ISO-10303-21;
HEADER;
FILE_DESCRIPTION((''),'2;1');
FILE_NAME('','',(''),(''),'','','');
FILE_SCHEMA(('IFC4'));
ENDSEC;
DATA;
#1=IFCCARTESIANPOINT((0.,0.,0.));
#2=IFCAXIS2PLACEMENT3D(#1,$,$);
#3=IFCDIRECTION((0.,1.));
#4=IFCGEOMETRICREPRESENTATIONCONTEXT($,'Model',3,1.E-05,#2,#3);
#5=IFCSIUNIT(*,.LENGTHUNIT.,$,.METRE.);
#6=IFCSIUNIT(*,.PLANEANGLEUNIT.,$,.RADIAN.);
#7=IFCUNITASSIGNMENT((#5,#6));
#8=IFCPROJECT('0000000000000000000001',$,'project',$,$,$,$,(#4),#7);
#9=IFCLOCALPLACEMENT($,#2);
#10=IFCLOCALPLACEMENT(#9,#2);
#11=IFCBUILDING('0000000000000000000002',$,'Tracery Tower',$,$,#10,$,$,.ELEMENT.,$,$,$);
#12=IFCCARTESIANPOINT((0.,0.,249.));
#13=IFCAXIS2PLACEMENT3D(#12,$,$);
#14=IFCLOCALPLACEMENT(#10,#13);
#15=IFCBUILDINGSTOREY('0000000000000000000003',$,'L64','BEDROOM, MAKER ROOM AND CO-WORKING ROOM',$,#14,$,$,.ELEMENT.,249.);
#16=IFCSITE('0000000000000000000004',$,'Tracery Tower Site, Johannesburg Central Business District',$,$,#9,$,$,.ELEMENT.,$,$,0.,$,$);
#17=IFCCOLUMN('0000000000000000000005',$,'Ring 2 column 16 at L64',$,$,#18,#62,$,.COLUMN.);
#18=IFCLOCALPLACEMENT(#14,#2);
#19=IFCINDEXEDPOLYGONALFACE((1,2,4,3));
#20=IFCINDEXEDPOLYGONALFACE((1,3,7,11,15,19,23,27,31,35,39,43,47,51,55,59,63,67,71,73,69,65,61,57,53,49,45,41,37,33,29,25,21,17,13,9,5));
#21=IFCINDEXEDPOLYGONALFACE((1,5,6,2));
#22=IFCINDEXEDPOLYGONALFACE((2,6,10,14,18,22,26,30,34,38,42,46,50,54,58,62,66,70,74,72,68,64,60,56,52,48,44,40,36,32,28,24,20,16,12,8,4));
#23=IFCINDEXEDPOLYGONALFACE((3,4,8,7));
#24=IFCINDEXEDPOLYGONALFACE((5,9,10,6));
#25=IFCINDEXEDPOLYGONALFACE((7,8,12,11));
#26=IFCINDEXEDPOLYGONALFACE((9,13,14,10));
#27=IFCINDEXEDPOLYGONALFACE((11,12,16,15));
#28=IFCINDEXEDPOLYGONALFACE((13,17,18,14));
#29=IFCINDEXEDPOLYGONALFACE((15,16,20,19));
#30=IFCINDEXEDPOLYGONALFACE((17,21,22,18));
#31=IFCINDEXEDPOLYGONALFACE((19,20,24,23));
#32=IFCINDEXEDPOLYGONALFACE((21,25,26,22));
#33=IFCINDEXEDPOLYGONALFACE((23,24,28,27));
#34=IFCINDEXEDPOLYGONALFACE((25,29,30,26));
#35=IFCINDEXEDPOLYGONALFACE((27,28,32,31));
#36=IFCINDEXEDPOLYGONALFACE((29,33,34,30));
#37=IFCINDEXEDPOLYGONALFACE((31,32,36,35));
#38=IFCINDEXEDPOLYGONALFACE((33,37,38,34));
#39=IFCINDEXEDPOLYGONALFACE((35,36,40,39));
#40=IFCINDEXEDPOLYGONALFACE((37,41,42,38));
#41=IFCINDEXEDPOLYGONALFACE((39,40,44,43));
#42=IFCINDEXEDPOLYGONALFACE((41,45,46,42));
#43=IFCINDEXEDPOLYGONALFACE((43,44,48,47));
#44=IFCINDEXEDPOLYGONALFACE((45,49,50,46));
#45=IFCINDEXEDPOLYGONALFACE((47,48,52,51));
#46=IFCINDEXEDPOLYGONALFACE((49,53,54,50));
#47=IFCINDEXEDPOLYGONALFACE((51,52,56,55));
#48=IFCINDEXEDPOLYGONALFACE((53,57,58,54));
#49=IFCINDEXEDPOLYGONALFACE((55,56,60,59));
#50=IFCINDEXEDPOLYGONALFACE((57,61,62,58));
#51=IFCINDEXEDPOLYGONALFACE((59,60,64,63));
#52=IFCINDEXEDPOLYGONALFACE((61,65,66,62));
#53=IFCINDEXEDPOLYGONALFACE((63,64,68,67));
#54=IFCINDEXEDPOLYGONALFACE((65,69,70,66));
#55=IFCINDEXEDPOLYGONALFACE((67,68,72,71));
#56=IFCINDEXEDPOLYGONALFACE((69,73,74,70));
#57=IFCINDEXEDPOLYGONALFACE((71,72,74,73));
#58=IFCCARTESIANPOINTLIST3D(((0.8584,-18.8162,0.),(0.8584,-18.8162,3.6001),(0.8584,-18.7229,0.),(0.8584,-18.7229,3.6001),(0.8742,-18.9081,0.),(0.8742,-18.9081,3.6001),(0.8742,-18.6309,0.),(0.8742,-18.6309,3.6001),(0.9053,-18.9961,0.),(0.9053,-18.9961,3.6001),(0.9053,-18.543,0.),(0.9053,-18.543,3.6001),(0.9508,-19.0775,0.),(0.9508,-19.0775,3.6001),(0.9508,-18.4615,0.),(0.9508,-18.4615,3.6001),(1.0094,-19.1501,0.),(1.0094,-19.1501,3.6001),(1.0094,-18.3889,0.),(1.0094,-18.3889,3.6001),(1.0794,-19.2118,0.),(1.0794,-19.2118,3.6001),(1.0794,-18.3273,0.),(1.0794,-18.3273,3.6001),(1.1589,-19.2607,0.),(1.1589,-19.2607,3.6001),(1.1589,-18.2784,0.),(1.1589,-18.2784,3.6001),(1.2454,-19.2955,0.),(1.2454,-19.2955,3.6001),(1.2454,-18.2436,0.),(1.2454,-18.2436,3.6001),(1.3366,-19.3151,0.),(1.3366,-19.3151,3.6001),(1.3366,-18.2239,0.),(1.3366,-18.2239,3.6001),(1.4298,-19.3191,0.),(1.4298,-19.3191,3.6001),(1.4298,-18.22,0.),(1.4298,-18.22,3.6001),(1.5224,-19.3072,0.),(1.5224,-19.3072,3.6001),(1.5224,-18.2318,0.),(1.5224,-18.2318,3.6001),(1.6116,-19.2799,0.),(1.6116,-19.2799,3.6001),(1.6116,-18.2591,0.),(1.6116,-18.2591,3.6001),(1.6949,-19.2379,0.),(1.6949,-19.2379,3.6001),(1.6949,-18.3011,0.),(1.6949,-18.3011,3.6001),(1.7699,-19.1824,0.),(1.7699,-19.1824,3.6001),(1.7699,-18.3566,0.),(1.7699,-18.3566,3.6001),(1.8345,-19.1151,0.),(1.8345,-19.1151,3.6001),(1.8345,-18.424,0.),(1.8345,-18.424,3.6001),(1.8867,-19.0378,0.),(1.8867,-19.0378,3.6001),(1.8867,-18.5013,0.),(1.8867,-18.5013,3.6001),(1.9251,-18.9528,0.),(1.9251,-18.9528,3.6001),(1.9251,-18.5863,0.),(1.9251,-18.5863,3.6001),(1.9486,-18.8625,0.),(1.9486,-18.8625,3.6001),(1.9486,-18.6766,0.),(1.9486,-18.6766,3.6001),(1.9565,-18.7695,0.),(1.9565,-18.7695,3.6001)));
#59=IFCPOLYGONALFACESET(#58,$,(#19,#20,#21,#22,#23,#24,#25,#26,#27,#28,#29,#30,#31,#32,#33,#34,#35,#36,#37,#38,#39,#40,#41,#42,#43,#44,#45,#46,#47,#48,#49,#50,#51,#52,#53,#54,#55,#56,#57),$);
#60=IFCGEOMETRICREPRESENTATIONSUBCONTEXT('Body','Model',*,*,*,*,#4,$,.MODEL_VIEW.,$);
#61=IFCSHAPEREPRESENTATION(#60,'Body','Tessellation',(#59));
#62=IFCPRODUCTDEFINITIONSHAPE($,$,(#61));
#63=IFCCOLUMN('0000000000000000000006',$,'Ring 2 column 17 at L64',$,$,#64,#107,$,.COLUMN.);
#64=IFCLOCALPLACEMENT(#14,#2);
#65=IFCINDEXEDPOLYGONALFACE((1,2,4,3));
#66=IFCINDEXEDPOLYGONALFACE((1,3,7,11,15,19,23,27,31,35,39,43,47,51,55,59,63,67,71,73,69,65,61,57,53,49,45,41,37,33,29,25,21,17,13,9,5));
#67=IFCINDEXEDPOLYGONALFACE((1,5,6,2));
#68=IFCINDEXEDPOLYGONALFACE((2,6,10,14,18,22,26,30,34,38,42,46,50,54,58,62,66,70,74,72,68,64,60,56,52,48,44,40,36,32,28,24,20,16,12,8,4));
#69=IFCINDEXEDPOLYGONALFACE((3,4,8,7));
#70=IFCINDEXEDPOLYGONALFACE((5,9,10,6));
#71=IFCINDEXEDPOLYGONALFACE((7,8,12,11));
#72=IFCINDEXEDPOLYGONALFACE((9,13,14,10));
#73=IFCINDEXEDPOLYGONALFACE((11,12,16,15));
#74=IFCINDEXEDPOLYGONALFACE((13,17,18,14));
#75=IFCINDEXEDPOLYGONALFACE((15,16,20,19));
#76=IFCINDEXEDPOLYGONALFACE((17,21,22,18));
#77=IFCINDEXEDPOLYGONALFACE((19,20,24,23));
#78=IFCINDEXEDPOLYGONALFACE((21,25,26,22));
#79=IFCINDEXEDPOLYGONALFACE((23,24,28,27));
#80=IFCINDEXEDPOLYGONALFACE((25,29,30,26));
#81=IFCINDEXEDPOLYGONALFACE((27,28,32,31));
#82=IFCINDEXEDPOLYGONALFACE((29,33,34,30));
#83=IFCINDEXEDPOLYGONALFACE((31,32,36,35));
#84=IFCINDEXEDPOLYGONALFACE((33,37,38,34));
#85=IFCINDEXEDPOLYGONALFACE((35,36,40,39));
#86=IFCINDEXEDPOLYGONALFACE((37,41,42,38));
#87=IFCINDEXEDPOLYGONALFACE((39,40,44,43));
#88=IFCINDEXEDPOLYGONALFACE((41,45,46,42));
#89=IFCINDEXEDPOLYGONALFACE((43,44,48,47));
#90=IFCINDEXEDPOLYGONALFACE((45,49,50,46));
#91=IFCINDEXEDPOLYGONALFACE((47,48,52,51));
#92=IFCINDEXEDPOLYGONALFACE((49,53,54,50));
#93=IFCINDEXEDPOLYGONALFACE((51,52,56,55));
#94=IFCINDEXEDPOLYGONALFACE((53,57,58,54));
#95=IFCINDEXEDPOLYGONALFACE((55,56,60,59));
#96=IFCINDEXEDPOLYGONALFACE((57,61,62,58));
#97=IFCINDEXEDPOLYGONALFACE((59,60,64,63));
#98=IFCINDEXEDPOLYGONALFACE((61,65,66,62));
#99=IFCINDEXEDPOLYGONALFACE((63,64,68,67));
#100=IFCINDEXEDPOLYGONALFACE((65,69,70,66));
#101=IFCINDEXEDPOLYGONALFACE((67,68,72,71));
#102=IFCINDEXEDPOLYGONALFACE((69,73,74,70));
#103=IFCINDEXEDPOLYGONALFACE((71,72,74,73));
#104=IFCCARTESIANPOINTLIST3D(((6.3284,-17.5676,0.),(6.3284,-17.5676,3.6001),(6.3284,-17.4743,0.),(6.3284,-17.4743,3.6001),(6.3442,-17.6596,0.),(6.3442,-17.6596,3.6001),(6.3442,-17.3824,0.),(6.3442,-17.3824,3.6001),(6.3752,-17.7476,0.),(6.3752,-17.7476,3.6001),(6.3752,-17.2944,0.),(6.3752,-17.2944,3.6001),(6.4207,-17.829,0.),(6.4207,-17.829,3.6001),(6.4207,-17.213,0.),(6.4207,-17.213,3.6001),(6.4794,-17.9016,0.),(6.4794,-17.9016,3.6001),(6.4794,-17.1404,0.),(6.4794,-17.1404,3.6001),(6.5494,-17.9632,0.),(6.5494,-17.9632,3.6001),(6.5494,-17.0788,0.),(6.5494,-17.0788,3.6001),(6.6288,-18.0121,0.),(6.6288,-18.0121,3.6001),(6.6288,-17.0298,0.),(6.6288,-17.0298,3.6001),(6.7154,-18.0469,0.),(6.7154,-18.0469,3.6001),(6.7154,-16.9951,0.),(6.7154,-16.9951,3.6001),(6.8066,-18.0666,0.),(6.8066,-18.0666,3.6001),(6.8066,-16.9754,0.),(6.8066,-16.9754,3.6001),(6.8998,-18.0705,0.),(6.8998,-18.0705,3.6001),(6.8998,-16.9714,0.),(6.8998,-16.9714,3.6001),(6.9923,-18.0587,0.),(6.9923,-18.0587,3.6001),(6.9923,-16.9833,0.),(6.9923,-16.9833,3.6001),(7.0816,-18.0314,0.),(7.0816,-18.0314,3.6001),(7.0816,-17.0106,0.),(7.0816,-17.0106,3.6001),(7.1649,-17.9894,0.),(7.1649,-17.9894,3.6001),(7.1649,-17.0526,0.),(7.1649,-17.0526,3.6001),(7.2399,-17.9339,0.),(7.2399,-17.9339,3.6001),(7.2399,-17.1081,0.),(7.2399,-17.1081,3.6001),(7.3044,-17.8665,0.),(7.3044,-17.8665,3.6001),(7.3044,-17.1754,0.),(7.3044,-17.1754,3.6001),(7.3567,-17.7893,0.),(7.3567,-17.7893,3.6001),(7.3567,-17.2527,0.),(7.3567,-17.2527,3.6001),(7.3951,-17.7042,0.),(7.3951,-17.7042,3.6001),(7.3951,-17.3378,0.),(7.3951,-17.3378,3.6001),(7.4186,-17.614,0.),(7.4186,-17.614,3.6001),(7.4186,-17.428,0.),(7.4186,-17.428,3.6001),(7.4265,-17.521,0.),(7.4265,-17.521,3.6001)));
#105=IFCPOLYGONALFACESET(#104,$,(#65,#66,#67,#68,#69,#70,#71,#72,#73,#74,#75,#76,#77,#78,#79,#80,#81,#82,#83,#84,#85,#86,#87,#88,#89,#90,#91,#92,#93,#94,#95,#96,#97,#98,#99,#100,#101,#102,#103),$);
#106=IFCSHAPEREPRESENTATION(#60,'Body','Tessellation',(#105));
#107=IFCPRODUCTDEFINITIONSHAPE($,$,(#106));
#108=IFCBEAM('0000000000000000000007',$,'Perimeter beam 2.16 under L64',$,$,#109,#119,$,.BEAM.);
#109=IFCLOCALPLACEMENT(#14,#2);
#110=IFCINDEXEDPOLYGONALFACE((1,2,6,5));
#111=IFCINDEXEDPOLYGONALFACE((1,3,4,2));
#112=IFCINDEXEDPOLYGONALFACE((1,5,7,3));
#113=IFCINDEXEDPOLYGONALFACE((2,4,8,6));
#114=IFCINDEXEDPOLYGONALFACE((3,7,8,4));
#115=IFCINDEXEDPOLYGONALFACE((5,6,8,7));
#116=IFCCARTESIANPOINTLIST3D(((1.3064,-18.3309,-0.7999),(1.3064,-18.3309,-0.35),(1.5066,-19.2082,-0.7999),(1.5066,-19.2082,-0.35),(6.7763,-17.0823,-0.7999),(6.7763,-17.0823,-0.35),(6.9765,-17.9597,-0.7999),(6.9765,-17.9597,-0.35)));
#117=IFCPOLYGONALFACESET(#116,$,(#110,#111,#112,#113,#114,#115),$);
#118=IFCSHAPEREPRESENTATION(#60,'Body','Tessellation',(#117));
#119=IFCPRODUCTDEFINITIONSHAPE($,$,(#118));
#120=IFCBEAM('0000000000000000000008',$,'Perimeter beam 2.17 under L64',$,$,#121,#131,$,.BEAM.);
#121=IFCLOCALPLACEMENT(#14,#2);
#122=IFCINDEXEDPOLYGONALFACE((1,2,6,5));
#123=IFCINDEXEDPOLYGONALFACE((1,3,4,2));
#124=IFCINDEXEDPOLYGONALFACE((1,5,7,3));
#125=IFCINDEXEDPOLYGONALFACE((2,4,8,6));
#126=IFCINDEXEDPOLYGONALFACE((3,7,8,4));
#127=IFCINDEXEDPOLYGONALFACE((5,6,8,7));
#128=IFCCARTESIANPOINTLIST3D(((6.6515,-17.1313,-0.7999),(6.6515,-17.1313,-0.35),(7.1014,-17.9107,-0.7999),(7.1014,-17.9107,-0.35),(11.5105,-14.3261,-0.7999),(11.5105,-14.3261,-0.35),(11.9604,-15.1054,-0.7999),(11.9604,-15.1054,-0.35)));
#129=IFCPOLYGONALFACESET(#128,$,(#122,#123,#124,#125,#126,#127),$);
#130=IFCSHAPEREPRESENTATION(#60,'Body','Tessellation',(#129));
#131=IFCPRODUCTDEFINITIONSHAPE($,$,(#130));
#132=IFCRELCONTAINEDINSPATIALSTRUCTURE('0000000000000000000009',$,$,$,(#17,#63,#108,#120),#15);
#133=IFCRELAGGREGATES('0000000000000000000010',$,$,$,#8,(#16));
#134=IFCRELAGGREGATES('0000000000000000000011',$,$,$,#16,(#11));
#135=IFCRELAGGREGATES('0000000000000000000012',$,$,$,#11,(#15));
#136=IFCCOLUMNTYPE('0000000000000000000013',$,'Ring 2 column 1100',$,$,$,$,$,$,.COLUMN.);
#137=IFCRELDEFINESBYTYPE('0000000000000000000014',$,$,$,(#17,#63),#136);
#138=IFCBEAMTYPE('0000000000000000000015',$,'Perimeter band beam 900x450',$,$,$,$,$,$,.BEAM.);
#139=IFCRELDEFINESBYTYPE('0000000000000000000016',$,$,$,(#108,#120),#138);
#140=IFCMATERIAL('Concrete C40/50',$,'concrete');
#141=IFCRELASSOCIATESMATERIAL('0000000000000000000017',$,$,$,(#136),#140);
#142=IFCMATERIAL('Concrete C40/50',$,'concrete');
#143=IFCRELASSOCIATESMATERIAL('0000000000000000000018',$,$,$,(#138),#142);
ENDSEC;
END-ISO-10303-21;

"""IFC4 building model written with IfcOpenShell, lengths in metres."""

from ifc_helpers import new_model, si_unit, direction, frame, origin, origin_2d, place, context, subcontext, project, spatial, rectangle, circle, extrude, material, material_profile, profile_set, type_object, element, save


model = new_model("IFC4")

# Units and contexts
model_context = context("Model", 3, precision=1e-05, world=origin(), true_north=direction((0.0, 1.0)))
body_context = subcontext(model_context, "Body", "Model", "MODEL_VIEW")
ifc_project = project(units=[si_unit("LENGTHUNIT", "METRE"), si_unit("PLANEANGLEUNIT", "RADIAN")], contexts=[model_context])

# Site, building, storey
site_placement = place(None, origin())
site = spatial("IfcSite", under=ifc_project, at=site_placement, Name="Tracery Tower Site, Johannesburg Central Business District", CompositionType="ELEMENT", RefElevation=0.0)
building_placement = place(site_placement, origin())
building = spatial("IfcBuilding", under=site, at=building_placement, Name="Tracery Tower", CompositionType="ELEMENT")
storey_placement = place(building_placement, frame((0.0, 0.0, 249.0)))
storey = spatial("IfcBuildingStorey", under=building, at=storey_placement, Name="L64", Description="BEDROOM, MAKER ROOM AND CO-WORKING ROOM", CompositionType="ELEMENT", Elevation=249.0)

# Columns
ifc_material_1 = material(Name="Concrete C40/50", Category="concrete")
ifc_material_profile_1 = material_profile(ifc_material_1, circle(Radius=0.55, at=origin_2d()), Name="RC D1100")
ifc_profile_set_1 = profile_set([ifc_material_profile_1], Name="Concrete C40/50")
column_type = type_object("IfcColumnType", Name="Ring 2 column 1100", PredefinedType="COLUMN", material=ifc_profile_set_1)
for number, where, z_axis, x_axis, name in (
    (1, (1.4065, -18.7695, 0.0), (0.0, 0.0, 1.0), (1.0, 0.0, 0.0), "Ring 2 column 16 at L64"),
    (2, (6.8765, -17.521, 0.0), (0.0, 0.0, 1.0), (1.0, 0.0, 0.0), "Ring 2 column 17 at L64"),
):
    element("IfcColumn", number, at=place(storey_placement, frame(where, z_axis=z_axis, x_axis=x_axis)), inside=storey, type_object=column_type, Name=name, PredefinedType="COLUMN", context=body_context, shape_type="SweptSolid", body=[
        extrude(circle(Radius=0.55, at=origin_2d()), origin(), (0.0, 0.0, 1.0), 3.6001),
    ])

# Beams
ifc_material_2 = material(Name="Concrete C40/50", Category="concrete")
ifc_material_profile_2 = material_profile(ifc_material_2, rectangle(XDim=0.8999, YDim=0.45, at=origin_2d()), Name="RC 900x450")
ifc_profile_set_2 = profile_set([ifc_material_profile_2], Name="Concrete C40/50")
beam_type = type_object("IfcBeamType", Name="Perimeter band beam 900x450", PredefinedType="BEAM", material=ifc_profile_set_2)
for number, where, z_axis, x_axis, name in (
    (3, (1.4065, -18.7695, -0.575), (0.974926, 0.222529, 0.0), (-0.222529, 0.974926, 0.0), "Perimeter beam 2.16 under L64"),
    (4, (6.8765, -17.521, -0.575), (0.866033, 0.499986, 0.0), (-0.499986, 0.866033, 0.0), "Perimeter beam 2.17 under L64"),
):
    element("IfcBeam", number, at=place(storey_placement, frame(where, z_axis=z_axis, x_axis=x_axis)), inside=storey, type_object=beam_type, Name=name, PredefinedType="BEAM", context=body_context, shape_type="SweptSolid", body=[
        extrude(rectangle(XDim=0.8999, YDim=0.45, at=origin_2d()), origin(), (0.0, 0.0, 1.0), 5.6106),
    ])

save(model, "model.ifc")
